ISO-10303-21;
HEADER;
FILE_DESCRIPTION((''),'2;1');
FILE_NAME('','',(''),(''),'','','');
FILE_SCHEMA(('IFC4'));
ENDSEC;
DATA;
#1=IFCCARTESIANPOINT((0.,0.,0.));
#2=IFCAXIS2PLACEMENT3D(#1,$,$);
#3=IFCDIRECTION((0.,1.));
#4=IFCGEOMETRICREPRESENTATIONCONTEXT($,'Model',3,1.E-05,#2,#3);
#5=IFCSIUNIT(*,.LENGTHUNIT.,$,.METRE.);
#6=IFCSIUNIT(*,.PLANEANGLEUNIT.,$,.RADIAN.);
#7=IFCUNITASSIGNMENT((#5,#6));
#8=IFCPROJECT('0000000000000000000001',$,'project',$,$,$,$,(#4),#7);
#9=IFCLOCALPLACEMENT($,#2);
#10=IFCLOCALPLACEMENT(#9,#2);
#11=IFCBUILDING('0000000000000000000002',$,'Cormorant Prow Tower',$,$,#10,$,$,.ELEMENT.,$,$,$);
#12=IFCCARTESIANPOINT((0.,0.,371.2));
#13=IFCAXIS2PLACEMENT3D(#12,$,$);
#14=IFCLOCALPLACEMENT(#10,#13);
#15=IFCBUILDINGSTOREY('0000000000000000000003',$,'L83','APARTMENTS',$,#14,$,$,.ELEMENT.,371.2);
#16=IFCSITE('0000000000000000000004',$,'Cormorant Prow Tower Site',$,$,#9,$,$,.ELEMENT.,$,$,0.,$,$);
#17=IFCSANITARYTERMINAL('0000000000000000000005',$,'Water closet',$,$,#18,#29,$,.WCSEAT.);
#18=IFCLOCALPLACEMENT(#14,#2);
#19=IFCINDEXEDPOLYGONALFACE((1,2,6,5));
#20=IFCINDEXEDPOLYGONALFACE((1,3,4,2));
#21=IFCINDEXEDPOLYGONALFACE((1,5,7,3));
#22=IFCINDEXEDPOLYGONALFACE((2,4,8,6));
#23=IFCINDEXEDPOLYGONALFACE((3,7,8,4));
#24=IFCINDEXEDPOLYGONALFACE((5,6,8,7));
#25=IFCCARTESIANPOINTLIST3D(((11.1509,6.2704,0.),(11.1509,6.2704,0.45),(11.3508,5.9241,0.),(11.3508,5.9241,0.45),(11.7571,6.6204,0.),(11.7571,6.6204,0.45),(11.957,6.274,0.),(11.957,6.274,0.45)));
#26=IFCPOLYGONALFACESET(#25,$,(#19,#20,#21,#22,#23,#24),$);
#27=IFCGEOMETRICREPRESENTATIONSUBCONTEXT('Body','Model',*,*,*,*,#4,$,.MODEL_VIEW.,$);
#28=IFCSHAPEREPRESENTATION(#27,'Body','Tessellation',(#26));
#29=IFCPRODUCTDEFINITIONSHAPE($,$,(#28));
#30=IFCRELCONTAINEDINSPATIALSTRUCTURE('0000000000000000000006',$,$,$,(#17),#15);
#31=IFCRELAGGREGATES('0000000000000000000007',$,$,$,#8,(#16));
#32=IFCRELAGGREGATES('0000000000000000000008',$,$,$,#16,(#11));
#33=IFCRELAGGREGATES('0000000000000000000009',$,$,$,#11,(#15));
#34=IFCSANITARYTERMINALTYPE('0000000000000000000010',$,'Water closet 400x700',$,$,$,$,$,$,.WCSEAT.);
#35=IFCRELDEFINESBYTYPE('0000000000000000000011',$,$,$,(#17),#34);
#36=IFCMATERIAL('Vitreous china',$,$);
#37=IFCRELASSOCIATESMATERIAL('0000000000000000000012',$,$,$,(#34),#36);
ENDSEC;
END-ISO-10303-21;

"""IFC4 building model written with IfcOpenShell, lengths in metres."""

from ifc_helpers import new_model, si_unit, direction, frame, origin, origin_2d, place, context, subcontext, project, spatial, rectangle, extrude, material, type_object, element, save


model = new_model("IFC4")

# Units and contexts
model_context = context("Model", 3, precision=1e-05, world=origin(), true_north=direction((0.0, 1.0)))
body_context = subcontext(model_context, "Body", "Model", "MODEL_VIEW")
ifc_project = project(units=[si_unit("LENGTHUNIT", "METRE"), si_unit("PLANEANGLEUNIT", "RADIAN")], contexts=[model_context])

# Site, building, storey
site_placement = place(None, origin())
site = spatial("IfcSite", under=ifc_project, at=site_placement, Name="Cormorant Prow Tower Site", CompositionType="ELEMENT", RefElevation=0.0)
building_placement = place(site_placement, origin())
building = spatial("IfcBuilding", under=site, at=building_placement, Name="Cormorant Prow Tower", CompositionType="ELEMENT")
storey_placement = place(building_placement, frame((0.0, 0.0, 371.2)))
storey = spatial("IfcBuildingStorey", under=building, at=storey_placement, Name="L83", Description="APARTMENTS", CompositionType="ELEMENT", Elevation=371.2)

# Sanitary terminal
ifc_material_1 = material(Name="Vitreous china")
sanitary_terminal_type_1 = type_object("IfcSanitaryTerminalType", Name="Water closet 400x700", PredefinedType="WCSEAT", material=ifc_material_1)
for number, where, z_axis, x_axis, name in (
    (1, (11.554, 6.2722, 0.0), (0.0, 0.0, 1.0), (0.5, -0.866025, 0.0), "Water closet"),
):
    element("IfcSanitaryTerminal", number, at=place(storey_placement, frame(where, z_axis=z_axis, x_axis=x_axis)), inside=storey, type_object=sanitary_terminal_type_1, Name=name, PredefinedType="WCSEAT", context=body_context, shape_type="SweptSolid", body=[
        extrude(rectangle(XDim=0.3999, YDim=0.7, at=origin_2d()), origin(), (0.0, 0.0, 1.0), 0.45),
    ])

save(model, "model.ifc")
